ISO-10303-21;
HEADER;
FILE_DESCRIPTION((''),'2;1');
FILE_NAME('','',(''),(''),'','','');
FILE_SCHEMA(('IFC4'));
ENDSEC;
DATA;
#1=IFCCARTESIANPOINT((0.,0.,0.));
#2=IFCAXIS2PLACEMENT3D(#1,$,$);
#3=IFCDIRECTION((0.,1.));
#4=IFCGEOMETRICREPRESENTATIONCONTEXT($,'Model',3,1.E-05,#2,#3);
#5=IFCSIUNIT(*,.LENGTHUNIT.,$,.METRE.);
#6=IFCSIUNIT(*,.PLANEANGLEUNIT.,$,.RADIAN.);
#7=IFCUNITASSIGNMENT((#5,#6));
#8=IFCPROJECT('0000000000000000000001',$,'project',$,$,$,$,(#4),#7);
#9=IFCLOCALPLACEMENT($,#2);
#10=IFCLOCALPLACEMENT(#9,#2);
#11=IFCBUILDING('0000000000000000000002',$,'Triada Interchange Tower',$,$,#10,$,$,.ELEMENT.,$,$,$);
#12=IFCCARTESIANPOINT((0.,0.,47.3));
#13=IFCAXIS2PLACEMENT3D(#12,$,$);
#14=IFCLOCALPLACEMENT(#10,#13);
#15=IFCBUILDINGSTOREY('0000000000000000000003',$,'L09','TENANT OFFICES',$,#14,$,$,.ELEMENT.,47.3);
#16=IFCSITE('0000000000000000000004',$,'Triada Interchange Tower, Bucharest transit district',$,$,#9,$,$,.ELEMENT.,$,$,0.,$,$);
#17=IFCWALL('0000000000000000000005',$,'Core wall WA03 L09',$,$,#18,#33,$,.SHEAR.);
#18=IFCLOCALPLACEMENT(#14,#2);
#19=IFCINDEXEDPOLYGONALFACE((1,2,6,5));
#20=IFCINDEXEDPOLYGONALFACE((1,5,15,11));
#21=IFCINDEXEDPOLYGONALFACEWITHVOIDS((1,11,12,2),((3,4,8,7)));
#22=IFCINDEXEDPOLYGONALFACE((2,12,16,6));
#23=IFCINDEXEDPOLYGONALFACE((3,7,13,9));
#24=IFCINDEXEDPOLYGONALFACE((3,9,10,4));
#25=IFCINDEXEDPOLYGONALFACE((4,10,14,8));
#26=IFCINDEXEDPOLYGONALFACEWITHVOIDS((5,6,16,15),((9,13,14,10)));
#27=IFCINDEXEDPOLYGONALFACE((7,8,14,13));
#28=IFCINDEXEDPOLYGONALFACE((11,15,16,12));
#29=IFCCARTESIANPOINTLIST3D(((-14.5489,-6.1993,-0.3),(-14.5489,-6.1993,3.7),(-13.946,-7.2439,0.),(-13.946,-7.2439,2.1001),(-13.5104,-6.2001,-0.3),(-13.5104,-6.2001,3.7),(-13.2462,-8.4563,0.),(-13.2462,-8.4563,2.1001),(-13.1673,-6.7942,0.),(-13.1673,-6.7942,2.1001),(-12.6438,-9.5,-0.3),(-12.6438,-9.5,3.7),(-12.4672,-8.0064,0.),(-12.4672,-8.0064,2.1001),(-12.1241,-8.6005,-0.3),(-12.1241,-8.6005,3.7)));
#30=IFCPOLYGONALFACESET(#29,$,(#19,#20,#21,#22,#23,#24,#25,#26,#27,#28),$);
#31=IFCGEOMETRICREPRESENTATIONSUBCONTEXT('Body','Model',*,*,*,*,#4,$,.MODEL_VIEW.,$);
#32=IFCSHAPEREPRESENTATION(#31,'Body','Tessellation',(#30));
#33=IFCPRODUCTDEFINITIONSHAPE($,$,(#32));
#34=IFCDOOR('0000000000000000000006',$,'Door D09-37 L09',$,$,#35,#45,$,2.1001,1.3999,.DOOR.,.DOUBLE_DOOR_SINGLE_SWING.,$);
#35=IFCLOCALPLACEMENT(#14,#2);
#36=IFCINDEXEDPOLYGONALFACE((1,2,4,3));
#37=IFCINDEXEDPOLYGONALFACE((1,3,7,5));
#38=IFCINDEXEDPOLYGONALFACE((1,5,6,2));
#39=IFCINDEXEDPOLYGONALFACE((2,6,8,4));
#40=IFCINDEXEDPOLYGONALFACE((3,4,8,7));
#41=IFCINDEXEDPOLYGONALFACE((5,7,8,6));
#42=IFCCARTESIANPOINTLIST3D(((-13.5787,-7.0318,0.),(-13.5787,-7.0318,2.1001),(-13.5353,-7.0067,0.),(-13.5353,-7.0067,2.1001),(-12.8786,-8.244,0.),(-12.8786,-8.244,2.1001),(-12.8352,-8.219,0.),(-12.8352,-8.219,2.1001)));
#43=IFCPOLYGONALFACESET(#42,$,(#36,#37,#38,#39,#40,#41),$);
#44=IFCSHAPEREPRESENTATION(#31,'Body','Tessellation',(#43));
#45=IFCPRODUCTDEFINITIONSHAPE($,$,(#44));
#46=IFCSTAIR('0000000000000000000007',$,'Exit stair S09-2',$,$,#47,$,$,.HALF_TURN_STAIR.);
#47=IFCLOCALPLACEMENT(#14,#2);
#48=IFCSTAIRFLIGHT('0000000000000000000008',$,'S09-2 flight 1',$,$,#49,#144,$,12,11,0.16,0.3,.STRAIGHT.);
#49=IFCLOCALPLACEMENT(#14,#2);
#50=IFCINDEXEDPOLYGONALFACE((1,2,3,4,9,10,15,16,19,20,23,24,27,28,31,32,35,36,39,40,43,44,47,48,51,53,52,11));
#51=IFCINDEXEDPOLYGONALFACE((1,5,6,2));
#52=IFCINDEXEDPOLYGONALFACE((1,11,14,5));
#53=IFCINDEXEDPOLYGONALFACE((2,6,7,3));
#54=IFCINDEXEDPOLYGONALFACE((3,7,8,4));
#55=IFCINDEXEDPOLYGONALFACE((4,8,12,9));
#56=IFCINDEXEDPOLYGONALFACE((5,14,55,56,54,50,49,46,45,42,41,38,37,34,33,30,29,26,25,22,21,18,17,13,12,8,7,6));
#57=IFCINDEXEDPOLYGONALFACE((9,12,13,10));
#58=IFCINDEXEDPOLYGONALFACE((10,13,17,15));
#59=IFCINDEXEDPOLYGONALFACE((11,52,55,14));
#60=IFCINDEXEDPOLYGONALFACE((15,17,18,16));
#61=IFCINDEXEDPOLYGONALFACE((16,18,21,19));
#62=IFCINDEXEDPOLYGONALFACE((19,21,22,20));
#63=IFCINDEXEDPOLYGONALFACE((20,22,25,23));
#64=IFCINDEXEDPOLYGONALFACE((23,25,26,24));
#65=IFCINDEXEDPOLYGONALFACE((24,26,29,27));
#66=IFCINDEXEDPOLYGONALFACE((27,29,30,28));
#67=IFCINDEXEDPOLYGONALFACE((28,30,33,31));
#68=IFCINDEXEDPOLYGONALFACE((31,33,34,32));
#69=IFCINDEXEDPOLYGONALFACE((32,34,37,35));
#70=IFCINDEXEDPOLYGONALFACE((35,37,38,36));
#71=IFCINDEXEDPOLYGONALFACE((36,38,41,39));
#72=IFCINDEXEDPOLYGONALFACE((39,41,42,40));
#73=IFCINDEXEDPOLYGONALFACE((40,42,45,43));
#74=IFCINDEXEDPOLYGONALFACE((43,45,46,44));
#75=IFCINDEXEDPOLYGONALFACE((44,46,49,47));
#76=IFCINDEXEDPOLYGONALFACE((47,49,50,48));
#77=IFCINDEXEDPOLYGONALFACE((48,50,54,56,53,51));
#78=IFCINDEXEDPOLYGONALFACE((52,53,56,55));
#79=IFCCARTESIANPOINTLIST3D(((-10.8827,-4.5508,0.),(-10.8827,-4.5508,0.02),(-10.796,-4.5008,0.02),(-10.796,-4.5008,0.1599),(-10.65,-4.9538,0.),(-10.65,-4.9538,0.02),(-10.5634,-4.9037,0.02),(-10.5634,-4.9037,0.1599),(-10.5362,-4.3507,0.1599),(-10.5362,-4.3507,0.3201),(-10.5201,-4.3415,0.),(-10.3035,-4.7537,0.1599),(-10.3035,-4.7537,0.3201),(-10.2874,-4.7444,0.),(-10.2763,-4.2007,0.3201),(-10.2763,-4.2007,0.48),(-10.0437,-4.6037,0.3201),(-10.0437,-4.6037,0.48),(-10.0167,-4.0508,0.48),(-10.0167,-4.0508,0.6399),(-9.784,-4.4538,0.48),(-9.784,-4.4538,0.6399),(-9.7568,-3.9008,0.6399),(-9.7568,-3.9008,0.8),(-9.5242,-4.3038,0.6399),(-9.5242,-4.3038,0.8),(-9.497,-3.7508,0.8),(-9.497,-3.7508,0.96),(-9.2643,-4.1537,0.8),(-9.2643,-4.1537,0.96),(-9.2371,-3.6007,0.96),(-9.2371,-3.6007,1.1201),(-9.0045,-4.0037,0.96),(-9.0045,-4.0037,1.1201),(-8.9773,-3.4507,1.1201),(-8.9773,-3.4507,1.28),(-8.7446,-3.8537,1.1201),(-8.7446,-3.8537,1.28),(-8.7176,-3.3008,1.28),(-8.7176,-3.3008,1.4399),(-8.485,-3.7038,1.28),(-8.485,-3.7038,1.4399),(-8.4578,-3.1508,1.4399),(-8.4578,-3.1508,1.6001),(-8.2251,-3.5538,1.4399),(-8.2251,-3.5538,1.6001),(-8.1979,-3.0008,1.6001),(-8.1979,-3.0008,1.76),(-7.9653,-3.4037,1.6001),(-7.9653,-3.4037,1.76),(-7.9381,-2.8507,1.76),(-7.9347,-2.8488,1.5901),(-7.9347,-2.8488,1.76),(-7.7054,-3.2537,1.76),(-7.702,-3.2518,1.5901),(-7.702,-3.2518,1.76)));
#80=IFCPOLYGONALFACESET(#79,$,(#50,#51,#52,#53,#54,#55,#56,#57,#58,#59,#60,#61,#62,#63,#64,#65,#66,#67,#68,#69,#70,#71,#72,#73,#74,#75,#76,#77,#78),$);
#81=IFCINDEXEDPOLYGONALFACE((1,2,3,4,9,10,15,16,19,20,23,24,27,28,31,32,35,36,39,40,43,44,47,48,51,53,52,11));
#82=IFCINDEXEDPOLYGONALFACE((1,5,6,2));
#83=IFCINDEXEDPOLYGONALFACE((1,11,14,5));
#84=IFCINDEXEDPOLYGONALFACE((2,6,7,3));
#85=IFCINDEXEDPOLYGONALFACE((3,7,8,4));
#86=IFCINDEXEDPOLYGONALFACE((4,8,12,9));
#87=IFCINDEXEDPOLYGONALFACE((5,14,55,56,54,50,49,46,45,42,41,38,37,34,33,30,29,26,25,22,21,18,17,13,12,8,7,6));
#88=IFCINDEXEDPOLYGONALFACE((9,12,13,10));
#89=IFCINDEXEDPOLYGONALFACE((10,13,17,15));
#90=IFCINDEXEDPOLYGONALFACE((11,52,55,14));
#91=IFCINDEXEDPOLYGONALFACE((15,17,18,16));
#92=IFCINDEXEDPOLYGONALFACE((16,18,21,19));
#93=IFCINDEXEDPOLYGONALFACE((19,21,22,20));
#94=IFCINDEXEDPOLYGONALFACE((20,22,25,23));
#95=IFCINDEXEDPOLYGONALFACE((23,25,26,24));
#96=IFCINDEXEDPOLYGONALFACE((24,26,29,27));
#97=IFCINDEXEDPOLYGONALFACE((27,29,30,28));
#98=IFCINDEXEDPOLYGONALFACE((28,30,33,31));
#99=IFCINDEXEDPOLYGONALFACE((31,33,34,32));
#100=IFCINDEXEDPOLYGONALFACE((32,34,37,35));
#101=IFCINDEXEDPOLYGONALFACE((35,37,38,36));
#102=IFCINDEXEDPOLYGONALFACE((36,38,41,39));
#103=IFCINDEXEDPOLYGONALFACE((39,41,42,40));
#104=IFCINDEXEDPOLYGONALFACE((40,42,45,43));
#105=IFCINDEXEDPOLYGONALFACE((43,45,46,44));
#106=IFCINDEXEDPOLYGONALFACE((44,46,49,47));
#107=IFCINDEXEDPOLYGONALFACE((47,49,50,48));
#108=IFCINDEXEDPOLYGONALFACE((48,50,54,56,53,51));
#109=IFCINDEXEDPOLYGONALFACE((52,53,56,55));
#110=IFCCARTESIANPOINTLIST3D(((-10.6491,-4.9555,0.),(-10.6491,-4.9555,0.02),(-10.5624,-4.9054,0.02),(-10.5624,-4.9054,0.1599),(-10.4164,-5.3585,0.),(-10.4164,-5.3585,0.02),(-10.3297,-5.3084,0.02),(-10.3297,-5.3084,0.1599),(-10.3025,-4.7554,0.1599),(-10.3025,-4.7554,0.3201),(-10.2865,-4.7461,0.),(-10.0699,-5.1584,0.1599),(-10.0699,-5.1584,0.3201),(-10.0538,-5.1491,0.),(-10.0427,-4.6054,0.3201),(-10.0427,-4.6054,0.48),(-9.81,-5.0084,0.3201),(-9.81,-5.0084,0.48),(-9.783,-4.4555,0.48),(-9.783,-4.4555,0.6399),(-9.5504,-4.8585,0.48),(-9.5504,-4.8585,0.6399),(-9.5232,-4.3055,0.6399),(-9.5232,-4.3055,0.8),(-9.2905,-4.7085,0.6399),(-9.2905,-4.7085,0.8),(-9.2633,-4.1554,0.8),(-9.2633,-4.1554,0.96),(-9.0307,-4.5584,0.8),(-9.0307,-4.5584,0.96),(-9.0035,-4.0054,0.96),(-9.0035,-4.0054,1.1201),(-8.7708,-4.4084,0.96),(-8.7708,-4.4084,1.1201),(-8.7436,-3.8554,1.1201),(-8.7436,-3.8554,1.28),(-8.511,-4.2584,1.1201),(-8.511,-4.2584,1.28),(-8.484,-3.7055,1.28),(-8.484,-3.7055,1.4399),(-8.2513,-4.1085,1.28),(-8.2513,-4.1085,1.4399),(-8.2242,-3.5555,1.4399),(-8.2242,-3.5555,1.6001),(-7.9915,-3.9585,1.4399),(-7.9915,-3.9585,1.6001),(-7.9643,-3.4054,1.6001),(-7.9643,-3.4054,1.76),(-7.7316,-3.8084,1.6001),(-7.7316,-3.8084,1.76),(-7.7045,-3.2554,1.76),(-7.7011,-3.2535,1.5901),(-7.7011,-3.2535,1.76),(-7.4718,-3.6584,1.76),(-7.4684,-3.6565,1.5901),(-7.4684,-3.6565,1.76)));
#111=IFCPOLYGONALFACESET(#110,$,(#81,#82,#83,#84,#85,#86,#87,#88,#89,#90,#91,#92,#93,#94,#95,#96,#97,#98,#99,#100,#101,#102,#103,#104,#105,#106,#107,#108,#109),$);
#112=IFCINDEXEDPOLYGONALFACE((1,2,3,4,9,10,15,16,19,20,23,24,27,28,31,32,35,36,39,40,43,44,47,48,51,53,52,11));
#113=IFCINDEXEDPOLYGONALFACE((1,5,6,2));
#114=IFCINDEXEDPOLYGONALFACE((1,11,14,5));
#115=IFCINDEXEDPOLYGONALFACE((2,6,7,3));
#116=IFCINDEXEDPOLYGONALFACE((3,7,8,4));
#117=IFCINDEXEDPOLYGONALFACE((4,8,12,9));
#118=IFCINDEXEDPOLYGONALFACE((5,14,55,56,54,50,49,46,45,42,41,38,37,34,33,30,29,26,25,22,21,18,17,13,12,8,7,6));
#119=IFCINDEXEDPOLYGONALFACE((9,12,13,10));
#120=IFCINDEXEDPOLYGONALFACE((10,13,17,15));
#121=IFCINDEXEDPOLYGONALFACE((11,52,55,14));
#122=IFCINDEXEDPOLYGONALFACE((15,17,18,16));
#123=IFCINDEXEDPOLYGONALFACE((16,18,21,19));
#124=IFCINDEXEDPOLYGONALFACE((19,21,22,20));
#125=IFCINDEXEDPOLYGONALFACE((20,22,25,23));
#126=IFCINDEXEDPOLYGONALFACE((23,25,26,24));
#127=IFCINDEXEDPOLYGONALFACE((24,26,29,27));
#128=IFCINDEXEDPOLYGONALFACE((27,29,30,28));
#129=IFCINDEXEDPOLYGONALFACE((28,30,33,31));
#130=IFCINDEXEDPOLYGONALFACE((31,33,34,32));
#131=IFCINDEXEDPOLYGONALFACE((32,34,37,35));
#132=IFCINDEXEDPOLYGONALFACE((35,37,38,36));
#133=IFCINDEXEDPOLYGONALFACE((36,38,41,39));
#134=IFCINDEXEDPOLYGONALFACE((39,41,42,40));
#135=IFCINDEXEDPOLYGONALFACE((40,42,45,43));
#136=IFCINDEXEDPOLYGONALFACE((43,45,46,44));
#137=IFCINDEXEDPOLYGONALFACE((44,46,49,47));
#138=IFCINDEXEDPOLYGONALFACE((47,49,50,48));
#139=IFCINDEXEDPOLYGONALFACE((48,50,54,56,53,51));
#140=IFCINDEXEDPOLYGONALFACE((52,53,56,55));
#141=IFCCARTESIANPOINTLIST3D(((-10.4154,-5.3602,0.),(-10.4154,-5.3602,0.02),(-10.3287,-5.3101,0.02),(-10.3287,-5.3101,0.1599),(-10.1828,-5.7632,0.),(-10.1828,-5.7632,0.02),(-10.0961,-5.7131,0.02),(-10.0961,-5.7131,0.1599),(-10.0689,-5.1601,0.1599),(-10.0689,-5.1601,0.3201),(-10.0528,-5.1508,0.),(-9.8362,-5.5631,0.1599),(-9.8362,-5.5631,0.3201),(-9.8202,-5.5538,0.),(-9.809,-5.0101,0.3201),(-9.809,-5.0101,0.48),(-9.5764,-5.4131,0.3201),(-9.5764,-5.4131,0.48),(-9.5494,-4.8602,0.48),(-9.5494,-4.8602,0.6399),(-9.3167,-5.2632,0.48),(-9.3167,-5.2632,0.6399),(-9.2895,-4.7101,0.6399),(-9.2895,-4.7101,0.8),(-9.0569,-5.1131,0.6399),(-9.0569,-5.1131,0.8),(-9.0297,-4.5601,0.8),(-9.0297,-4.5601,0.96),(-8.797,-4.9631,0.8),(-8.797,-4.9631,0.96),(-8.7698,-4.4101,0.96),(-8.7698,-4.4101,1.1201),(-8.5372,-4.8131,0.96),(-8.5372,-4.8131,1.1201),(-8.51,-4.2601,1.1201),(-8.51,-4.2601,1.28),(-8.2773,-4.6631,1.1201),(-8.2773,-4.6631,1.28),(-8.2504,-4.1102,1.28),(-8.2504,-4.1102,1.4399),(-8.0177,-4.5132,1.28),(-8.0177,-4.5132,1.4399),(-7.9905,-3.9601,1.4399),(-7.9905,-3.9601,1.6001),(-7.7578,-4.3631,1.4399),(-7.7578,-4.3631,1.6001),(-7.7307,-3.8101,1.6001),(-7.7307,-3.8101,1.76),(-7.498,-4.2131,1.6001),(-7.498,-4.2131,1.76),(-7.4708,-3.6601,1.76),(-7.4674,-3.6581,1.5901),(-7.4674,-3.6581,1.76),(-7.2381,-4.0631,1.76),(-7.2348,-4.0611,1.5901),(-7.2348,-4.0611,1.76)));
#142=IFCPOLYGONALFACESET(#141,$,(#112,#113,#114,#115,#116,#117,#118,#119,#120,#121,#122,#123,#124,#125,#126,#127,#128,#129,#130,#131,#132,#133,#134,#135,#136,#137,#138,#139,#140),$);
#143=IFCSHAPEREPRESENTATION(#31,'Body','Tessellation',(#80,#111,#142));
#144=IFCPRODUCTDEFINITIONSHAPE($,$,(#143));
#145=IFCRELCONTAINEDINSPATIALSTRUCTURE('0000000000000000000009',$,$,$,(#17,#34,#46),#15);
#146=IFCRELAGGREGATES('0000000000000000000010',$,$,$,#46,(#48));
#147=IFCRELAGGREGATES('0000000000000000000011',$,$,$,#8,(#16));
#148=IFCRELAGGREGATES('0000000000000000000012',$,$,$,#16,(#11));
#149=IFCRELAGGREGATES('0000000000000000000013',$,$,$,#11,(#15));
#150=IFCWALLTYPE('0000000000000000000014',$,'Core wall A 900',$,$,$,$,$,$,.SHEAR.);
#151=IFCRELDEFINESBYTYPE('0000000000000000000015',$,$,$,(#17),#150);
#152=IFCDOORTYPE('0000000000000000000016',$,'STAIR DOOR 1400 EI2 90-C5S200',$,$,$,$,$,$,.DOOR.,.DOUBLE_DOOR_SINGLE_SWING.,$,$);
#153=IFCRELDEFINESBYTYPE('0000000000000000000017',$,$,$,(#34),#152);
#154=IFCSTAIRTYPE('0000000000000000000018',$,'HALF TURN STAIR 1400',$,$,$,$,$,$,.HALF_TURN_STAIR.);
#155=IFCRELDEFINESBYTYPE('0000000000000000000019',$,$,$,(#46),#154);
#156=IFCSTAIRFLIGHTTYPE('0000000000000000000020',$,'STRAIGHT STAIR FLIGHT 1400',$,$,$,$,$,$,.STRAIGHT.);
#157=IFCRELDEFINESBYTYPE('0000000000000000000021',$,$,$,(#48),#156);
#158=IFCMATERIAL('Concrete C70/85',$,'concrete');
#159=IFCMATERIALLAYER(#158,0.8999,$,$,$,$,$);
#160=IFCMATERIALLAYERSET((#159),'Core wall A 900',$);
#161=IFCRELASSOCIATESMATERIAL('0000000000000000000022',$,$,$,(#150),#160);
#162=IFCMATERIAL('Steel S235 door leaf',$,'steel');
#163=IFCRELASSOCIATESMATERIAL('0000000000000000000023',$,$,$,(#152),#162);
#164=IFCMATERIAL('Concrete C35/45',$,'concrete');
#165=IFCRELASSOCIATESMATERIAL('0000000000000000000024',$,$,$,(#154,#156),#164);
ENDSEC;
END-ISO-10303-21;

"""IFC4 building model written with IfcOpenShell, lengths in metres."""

from ifc_helpers import new_model, si_unit, direction, frame, frame_2d, origin, place, context, subcontext, project, spatial, polyline, rectangle, outline, extrude, material, layer, layer_set, type_object, element, fill, aggregate, save


model = new_model("IFC4")

# Units and contexts
model_context = context("Model", 3, precision=1e-05, world=origin(), true_north=direction((0.0, 1.0)))
body_context = subcontext(model_context, "Body", "Model", "MODEL_VIEW")
ifc_project = project(units=[si_unit("LENGTHUNIT", "METRE"), si_unit("PLANEANGLEUNIT", "RADIAN")], contexts=[model_context])

# Site, building, storey
site_placement = place(None, origin())
site = spatial("IfcSite", under=ifc_project, at=site_placement, Name="Triada Interchange Tower, Bucharest transit district", CompositionType="ELEMENT", RefElevation=0.0)
building_placement = place(site_placement, origin())
building = spatial("IfcBuilding", under=site, at=building_placement, Name="Triada Interchange Tower", CompositionType="ELEMENT")
storey_placement = place(building_placement, frame((0.0, 0.0, 47.3)))
storey = spatial("IfcBuildingStorey", under=building, at=storey_placement, Name="L09", Description="TENANT OFFICES", CompositionType="ELEMENT", Elevation=47.3)

# Shared definitions
ifc_material_1 = material(Name="Steel S235 door leaf", Category="steel")

# Wall, opening, door
ifc_material_2 = material(Name="Concrete C70/85", Category="concrete")
ifc_layer_1 = layer(ifc_material_2, 0.8999)
ifc_layer_set_1 = layer_set([ifc_layer_1], Name="Core wall A 900")
wall_type_1 = type_object("IfcWallType", Name="Core wall A 900", PredefinedType="SHEAR", material=ifc_layer_set_1)
wall_1_placement = place(storey_placement, frame((-14.03, -6.2, -0.3), z_axis=(0.0, 0.0, 1.0), x_axis=(0.500112, -0.865961, 0.0)))
wall_1 = element("IfcWall", 1, at=wall_1_placement, inside=storey, type_object=wall_type_1, Name="Core wall WA03 L09", PredefinedType="SHEAR", context=body_context, shape_type="SweptSolid", body=[
    extrude(outline(polyline([(-0.26, -0.449), (1.6455, -0.4495), (3.551, -0.45), (3.032, 0.45), (1.646, 0.45), (0.26, 0.45), (-0.26, -0.449)])), origin(), (0.0, 0.0, 1.0), 4.0),
])
opening_1_placement = place(wall_1_placement, frame((0.946, 0.0, 0.3)))
opening_1 = element("IfcOpeningElement", 2, at=opening_1_placement, cuts=wall_1, PredefinedType="OPENING", context=body_context, shape_type="SweptSolid", body=[
    extrude(rectangle(XDim=1.3999, YDim=2.1001, at=frame_2d((0.7, 1.05))), frame((0.0, 0.46, 0.0), z_axis=(0.0, -1.0, 0.0), x_axis=(1.0, 0.0, 0.0)), (0.0, 0.0, 1.0), 0.9199),
])
door_type_1 = type_object("IfcDoorType", Name="STAIR DOOR 1400 EI2 90-C5S200", OperationType="DOUBLE_DOOR_SINGLE_SWING", PredefinedType="DOOR", material=ifc_material_1)
door_1_placement = place(opening_1_placement, origin())
door_1 = element("IfcDoor", 3, at=door_1_placement, inside=storey, type_object=door_type_1, Name="Door D09-37 L09", OperationType="DOUBLE_DOOR_SINGLE_SWING", OverallHeight=2.1001, OverallWidth=1.3999, PredefinedType="DOOR", context=body_context, shape_type="SweptSolid", body=[
    extrude(rectangle(XDim=1.3999, YDim=2.1001, at=frame_2d((0.7, 1.05))), frame((0.0, 0.0249, 0.0), z_axis=(0.0, -1.0, 0.0), x_axis=(1.0, 0.0, 0.0)), (0.0, 0.0, 1.0), 0.05),
])
fill(opening_1, door_1)

# Stair, stair flight
ifc_material_3 = material(Name="Concrete C35/45", Category="concrete")
stair_type = type_object("IfcStairType", Name="HALF TURN STAIR 1400", PredefinedType="HALF_TURN_STAIR", material=ifc_material_3)
stair_placement = place(storey_placement, origin())
stair = element("IfcStair", 4, at=stair_placement, inside=storey, type_object=stair_type, Name="Exit stair S09-2", PredefinedType="HALF_TURN_STAIR")
stair_flight_type = type_object("IfcStairFlightType", Name="STRAIGHT STAIR FLIGHT 1400", PredefinedType="STRAIGHT", material=ifc_material_3)
stair_flight_1_placement = place(storey_placement, frame((-10.446, -5.1069, 0.0), z_axis=(0.0, 0.0, 1.0), x_axis=(0.866025, 0.5, 0.0)))
stair_flight_1 = element("IfcStairFlight", 5, at=stair_flight_1_placement, type_object=stair_flight_type, Name="S09-2 flight 1", NumberOfRisers=12, NumberOfTreads=11, PredefinedType="STRAIGHT", RiserHeight=0.16, TreadLength=0.3, context=body_context, shape_type="SweptSolid", body=[
    extrude(outline(polyline([(-0.1001, 0.0), (-0.1001, 0.02), (0.0, 0.02), (0.0, 0.1599), (0.3, 0.1599), (0.3, 0.3201), (0.6001, 0.3201), (0.6001, 0.48), (0.8999, 0.48), (0.8999, 0.6399), (1.2, 0.6399), (1.2, 0.8), (1.5, 0.8), (1.5, 0.96), (1.8, 0.96), (1.8, 1.1201), (2.1001, 1.1201), (2.1001, 1.28), (2.3999, 1.28), (2.3999, 1.4399), (2.7, 1.4399), (2.7, 1.6001), (3.0, 1.6001), (3.0, 1.76), (3.3, 1.76), (3.304, 1.76), (3.304, 1.9199), (3.304, 1.5901), (0.3186, 0.0), (-0.1001, 0.0)])), frame((0.0, 0.7, 0.0), z_axis=(0.0, -1.0, 0.0), x_axis=(1.0, 0.0, 0.0)), (0.0, 0.0, 1.0), 0.4653),
    extrude(outline(polyline([(-0.1001, 0.0), (-0.1001, 0.02), (0.0, 0.02), (0.0, 0.1599), (0.3, 0.1599), (0.3, 0.3201), (0.6001, 0.3201), (0.6001, 0.48), (0.8999, 0.48), (0.8999, 0.6399), (1.2, 0.6399), (1.2, 0.8), (1.5, 0.8), (1.5, 0.96), (1.8, 0.96), (1.8, 1.1201), (2.1001, 1.1201), (2.1001, 1.28), (2.3999, 1.28), (2.3999, 1.4399), (2.7, 1.4399), (2.7, 1.6001), (3.0, 1.6001), (3.0, 1.76), (3.3, 1.76), (3.304, 1.76), (3.304, 1.9199), (3.304, 1.5901), (0.3186, 0.0), (-0.1001, 0.0)])), frame((0.0, 0.2327, 0.0), z_axis=(0.0, -1.0, 0.0), x_axis=(1.0, 0.0, 0.0)), (0.0, 0.0, 1.0), 0.4653),
    extrude(outline(polyline([(-0.1001, 0.0), (-0.1001, 0.02), (0.0, 0.02), (0.0, 0.1599), (0.3, 0.1599), (0.3, 0.3201), (0.6001, 0.3201), (0.6001, 0.48), (0.8999, 0.48), (0.8999, 0.6399), (1.2, 0.6399), (1.2, 0.8), (1.5, 0.8), (1.5, 0.96), (1.8, 0.96), (1.8, 1.1201), (2.1001, 1.1201), (2.1001, 1.28), (2.3999, 1.28), (2.3999, 1.4399), (2.7, 1.4399), (2.7, 1.6001), (3.0, 1.6001), (3.0, 1.76), (3.3, 1.76), (3.304, 1.76), (3.304, 1.9199), (3.304, 1.5901), (0.3186, 0.0), (-0.1001, 0.0)])), frame((0.0, -0.2346, 0.0), z_axis=(0.0, -1.0, 0.0), x_axis=(1.0, 0.0, 0.0)), (0.0, 0.0, 1.0), 0.4653),
])
aggregate(stair, [stair_flight_1])

save(model, "model.ifc")
